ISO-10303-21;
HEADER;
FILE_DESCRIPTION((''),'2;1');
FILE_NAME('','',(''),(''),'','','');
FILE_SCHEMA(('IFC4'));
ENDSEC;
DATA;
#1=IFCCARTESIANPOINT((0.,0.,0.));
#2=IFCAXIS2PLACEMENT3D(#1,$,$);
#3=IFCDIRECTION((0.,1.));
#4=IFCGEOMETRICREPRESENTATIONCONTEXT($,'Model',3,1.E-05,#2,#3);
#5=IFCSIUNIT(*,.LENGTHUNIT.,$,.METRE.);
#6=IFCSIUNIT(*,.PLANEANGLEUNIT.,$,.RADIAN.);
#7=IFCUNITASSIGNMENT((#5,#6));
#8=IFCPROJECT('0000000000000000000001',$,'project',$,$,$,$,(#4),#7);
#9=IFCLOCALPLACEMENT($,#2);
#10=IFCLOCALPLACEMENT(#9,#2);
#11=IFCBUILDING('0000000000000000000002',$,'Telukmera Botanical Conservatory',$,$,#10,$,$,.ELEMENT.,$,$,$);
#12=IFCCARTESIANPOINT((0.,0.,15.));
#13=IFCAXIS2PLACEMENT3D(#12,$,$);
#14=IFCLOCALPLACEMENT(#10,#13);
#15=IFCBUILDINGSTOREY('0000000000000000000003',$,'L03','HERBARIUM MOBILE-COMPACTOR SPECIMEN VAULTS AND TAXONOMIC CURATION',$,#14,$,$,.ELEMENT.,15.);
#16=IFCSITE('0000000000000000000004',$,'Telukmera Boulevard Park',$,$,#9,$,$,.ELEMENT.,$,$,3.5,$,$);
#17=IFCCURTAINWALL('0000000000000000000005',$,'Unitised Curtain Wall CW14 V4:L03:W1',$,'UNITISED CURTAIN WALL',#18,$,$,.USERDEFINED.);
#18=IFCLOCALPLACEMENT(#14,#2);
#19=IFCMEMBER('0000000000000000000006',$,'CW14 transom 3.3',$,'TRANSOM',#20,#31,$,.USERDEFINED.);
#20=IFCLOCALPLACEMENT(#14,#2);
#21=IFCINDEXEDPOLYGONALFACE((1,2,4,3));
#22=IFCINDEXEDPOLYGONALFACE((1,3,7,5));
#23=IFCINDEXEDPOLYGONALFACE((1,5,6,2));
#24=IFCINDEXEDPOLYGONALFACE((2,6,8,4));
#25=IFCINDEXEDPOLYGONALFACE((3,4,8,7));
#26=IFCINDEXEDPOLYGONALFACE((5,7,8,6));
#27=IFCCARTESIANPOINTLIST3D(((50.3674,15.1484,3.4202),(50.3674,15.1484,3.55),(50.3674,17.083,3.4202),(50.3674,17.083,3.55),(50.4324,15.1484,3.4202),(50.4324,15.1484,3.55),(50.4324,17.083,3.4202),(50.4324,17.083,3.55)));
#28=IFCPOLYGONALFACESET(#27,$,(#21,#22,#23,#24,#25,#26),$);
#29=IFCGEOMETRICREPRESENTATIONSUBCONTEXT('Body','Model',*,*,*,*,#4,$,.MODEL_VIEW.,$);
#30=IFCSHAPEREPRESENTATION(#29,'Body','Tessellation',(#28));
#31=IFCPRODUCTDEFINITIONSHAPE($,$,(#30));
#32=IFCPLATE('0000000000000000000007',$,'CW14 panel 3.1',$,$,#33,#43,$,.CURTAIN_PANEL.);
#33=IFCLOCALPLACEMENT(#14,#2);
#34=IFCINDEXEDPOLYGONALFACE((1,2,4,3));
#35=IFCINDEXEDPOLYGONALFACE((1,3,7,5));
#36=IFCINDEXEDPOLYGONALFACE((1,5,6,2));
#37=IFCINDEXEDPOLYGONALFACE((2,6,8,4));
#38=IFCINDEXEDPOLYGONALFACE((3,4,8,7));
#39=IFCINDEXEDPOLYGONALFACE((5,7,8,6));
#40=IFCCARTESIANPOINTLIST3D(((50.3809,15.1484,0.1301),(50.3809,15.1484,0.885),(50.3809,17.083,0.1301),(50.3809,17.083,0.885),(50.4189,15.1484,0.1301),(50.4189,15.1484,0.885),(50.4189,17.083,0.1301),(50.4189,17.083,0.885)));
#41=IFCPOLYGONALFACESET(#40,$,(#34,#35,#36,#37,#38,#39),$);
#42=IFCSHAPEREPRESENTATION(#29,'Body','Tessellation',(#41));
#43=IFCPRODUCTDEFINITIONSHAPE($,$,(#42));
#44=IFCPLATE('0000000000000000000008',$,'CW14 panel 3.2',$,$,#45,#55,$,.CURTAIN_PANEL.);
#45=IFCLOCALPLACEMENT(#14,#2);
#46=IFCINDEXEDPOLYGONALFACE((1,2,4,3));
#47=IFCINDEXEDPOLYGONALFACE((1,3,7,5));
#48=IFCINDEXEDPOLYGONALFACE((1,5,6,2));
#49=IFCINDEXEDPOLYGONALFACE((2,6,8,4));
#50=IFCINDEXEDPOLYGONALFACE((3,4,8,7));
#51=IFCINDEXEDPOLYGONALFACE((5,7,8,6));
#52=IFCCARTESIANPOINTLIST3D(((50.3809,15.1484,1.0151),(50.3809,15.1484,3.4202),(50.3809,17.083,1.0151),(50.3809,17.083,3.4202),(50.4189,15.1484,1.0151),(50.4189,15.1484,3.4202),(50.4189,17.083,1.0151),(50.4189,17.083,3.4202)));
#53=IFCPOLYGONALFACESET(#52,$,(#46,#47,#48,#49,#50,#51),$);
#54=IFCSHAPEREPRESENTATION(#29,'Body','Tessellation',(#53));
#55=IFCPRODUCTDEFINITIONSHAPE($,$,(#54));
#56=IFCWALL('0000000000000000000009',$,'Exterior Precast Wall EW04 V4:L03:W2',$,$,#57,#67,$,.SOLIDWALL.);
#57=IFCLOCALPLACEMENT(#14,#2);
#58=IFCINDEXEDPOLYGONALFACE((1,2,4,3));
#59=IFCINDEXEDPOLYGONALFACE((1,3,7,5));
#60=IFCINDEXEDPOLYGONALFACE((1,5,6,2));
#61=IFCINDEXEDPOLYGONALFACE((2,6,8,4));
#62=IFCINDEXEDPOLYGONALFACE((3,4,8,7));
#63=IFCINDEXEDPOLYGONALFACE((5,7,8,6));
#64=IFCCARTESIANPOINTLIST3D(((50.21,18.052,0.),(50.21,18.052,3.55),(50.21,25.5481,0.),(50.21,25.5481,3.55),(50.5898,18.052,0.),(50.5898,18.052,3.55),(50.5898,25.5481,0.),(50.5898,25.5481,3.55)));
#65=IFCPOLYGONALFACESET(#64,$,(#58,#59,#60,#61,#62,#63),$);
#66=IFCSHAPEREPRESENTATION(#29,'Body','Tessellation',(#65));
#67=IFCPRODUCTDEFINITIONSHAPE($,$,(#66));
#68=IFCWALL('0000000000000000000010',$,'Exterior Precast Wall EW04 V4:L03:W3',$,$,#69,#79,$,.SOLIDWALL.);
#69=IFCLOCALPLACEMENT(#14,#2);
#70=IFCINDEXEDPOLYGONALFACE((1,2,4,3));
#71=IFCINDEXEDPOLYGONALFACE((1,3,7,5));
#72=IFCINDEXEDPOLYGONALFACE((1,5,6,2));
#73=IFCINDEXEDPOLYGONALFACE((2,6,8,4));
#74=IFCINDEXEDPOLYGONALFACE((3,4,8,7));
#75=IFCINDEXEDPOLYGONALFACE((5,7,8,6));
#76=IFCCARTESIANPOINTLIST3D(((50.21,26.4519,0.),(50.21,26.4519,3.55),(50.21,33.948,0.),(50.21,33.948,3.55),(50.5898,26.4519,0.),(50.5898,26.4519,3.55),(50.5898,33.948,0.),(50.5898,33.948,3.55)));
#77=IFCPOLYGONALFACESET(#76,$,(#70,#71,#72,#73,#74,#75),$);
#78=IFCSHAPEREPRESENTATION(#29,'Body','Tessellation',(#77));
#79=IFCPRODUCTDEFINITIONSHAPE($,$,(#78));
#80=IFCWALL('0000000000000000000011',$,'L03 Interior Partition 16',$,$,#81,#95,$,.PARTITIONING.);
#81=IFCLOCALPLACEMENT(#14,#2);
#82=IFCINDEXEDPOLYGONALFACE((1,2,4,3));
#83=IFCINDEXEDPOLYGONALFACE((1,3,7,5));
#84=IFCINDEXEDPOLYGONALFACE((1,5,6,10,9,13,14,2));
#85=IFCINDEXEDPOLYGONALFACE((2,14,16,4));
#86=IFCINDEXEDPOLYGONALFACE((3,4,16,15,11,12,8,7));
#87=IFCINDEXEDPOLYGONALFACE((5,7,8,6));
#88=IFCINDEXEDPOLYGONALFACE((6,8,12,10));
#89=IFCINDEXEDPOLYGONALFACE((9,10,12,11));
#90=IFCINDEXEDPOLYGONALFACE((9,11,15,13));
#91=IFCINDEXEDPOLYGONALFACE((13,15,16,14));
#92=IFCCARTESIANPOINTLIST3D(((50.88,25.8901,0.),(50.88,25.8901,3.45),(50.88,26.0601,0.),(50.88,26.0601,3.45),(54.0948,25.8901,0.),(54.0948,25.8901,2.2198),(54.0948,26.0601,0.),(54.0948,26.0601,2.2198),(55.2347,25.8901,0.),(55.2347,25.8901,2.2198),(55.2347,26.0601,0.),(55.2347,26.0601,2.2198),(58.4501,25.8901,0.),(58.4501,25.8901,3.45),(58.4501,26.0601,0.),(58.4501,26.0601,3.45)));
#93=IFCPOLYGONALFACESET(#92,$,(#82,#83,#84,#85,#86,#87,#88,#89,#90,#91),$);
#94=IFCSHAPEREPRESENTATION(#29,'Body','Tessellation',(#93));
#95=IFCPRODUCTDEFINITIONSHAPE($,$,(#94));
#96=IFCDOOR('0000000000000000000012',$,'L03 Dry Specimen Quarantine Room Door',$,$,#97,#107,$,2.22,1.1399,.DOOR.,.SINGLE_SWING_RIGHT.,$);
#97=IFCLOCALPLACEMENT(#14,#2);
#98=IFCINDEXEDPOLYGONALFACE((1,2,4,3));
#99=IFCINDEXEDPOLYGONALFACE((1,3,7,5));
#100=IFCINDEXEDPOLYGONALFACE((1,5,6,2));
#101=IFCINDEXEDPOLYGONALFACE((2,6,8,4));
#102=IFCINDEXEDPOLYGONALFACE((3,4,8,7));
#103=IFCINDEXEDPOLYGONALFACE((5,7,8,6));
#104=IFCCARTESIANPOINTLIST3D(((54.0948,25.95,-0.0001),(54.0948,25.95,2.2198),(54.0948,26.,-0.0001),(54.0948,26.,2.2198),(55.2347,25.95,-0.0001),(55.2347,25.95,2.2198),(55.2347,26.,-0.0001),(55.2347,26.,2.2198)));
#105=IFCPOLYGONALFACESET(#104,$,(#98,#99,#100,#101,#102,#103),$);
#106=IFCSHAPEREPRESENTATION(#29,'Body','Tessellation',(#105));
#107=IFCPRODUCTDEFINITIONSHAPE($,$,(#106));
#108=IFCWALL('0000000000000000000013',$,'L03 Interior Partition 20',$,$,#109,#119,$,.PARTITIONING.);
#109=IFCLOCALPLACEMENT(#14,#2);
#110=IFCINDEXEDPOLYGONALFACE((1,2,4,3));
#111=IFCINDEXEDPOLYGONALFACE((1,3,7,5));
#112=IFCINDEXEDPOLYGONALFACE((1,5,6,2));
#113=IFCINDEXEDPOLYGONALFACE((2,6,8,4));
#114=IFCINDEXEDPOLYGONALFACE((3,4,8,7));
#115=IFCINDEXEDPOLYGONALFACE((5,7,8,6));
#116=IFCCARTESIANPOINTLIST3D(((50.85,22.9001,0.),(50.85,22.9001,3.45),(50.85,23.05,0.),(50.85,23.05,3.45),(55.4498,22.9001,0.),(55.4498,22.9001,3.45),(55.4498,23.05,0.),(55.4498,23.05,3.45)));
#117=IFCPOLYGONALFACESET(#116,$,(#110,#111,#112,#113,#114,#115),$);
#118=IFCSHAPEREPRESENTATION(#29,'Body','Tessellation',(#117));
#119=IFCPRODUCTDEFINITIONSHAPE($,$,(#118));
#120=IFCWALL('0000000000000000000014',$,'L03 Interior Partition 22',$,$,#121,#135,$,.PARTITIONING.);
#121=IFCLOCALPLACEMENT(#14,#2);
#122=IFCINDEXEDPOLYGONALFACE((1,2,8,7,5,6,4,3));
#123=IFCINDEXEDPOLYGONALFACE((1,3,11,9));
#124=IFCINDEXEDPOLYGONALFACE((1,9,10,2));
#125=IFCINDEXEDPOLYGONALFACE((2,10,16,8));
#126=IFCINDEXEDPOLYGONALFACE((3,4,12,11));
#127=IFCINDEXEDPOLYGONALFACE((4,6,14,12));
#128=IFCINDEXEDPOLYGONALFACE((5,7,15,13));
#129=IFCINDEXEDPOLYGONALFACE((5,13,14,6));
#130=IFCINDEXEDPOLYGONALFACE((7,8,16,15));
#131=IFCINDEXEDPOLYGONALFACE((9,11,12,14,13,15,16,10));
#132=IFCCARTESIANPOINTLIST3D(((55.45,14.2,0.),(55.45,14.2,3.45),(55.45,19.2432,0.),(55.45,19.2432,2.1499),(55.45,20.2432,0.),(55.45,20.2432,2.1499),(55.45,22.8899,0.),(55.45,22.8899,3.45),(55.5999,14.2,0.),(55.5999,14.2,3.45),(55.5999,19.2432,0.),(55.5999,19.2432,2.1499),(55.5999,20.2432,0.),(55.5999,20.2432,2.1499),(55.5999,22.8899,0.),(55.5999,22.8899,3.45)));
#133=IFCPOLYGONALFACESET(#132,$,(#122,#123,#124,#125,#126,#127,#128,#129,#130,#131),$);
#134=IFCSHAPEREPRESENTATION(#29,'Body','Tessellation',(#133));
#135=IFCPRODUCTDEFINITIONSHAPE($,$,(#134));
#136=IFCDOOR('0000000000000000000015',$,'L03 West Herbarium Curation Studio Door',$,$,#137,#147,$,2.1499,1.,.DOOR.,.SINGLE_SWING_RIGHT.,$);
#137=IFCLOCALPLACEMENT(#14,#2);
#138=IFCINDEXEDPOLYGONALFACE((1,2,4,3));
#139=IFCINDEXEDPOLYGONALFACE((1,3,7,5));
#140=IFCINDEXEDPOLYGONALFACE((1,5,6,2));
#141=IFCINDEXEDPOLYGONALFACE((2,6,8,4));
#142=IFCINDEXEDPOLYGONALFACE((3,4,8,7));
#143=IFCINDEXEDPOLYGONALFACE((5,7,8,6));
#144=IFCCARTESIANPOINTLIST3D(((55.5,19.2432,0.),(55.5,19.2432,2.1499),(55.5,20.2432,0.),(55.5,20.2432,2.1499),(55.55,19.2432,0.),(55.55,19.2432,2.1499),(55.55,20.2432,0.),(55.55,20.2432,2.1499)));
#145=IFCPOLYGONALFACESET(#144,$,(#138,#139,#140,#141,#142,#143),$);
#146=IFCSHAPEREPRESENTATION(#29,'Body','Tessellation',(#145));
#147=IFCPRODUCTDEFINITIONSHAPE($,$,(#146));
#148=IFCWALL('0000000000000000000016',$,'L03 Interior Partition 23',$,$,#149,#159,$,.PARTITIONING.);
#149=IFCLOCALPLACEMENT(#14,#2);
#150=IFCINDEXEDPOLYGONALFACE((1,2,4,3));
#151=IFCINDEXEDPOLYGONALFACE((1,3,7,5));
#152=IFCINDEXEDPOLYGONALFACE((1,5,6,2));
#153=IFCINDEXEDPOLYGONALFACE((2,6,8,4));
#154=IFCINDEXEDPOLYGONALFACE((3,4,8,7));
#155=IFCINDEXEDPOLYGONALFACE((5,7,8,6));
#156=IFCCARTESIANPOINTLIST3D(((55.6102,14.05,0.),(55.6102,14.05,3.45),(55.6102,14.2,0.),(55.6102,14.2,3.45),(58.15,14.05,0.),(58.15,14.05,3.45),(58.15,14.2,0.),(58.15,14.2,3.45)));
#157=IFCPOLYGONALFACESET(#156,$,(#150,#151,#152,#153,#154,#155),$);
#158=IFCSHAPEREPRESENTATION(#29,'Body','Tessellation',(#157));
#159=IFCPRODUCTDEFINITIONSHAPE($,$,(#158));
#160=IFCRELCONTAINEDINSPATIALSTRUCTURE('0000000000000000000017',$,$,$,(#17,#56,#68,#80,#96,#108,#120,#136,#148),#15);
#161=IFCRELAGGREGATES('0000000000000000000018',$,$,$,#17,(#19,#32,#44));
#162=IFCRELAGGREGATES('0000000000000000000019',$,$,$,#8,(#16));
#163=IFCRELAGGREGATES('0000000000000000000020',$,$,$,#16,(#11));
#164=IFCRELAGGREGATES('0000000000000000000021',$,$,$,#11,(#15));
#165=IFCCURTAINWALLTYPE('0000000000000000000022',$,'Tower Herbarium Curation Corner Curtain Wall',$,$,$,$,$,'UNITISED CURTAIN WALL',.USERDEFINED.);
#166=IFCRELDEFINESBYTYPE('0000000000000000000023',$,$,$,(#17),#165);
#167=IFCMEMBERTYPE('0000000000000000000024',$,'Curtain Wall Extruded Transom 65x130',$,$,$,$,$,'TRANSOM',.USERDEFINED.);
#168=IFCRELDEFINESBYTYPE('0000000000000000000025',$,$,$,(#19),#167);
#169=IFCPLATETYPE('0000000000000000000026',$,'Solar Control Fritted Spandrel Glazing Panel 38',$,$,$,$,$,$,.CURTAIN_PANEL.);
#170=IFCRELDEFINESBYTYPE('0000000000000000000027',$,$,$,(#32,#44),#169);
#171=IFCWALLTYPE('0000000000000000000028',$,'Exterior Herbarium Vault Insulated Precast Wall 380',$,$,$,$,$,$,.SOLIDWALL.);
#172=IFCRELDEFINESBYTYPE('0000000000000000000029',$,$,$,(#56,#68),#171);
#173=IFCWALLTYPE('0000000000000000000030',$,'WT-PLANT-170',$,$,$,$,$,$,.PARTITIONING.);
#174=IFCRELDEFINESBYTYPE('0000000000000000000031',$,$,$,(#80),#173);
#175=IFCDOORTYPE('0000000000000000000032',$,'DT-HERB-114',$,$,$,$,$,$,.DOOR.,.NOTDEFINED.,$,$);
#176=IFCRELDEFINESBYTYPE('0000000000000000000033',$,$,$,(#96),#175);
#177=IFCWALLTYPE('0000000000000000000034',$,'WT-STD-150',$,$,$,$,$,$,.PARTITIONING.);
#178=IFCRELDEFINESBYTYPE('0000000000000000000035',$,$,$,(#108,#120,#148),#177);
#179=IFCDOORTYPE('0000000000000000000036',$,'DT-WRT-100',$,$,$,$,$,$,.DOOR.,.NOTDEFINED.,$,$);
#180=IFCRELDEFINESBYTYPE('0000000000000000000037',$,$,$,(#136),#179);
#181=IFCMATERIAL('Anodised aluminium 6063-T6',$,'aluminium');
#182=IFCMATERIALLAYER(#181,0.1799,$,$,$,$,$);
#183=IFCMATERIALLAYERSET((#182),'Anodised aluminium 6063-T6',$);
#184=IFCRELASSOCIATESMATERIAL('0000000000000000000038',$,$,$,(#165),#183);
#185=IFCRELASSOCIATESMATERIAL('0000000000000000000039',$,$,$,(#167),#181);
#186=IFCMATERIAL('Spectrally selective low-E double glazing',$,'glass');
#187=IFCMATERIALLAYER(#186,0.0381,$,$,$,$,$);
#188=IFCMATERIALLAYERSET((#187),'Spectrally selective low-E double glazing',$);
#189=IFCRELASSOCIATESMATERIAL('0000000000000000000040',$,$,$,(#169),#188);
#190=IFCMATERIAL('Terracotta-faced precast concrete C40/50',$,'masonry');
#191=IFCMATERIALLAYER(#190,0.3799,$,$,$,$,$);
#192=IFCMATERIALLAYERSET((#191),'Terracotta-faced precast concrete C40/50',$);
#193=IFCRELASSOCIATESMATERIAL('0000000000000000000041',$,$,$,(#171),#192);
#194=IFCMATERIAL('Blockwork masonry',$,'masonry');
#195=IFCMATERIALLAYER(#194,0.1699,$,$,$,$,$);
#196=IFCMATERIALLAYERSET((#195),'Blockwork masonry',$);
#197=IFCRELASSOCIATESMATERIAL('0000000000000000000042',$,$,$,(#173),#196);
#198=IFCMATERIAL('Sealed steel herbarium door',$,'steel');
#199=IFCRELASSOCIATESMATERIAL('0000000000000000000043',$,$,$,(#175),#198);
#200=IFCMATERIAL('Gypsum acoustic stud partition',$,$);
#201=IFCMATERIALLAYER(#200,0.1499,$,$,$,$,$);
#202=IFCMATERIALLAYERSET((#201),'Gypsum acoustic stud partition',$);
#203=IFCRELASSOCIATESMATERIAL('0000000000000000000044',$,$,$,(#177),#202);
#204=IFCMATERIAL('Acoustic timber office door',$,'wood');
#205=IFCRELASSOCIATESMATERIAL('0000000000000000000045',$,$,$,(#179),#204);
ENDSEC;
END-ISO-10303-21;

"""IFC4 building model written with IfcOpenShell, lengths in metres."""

from ifc_helpers import new_model, si_unit, direction, frame, frame_2d, origin, origin_2d, place, context, subcontext, project, spatial, rectangle, extrude, material, layer, layer_set, material_profile, profile_set, type_object, element, fill, aggregate, save


model = new_model("IFC4")

# Units and contexts
model_context = context("Model", 3, precision=1e-05, world=origin(), true_north=direction((0.0, 1.0)))
body_context = subcontext(model_context, "Body", "Model", "MODEL_VIEW")
ifc_project = project(units=[si_unit("LENGTHUNIT", "METRE"), si_unit("PLANEANGLEUNIT", "RADIAN")], contexts=[model_context])

# Site, building, storey
site_placement = place(None, origin())
site = spatial("IfcSite", under=ifc_project, at=site_placement, Name="Telukmera Boulevard Park", CompositionType="ELEMENT", RefElevation=3.5)
building_placement = place(site_placement, origin())
building = spatial("IfcBuilding", under=site, at=building_placement, Name="Telukmera Botanical Conservatory", CompositionType="ELEMENT")
storey_placement = place(building_placement, frame((0.0, 0.0, 15.0)))
storey = spatial("IfcBuildingStorey", under=building, at=storey_placement, Name="L03", Description="HERBARIUM MOBILE-COMPACTOR SPECIMEN VAULTS AND TAXONOMIC CURATION", CompositionType="ELEMENT", Elevation=15.0)

# Curtain wall, member, plates
ifc_material_1 = material(Name="Anodised aluminium 6063-T6", Category="aluminium")
ifc_layer_1 = layer(ifc_material_1, 0.1799)
ifc_layer_set_1 = layer_set([ifc_layer_1], Name="Anodised aluminium 6063-T6")
curtain_wall_type = type_object("IfcCurtainWallType", Name="Tower Herbarium Curation Corner Curtain Wall", ElementType="UNITISED CURTAIN WALL", PredefinedType="USERDEFINED", material=ifc_layer_set_1)
curtain_wall_placement = place(storey_placement, origin())
curtain_wall = element("IfcCurtainWall", 1, at=curtain_wall_placement, inside=storey, type_object=curtain_wall_type, Name="Unitised Curtain Wall CW14 V4:L03:W1", ObjectType="UNITISED CURTAIN WALL", PredefinedType="USERDEFINED")
ifc_material_profile_1 = material_profile(ifc_material_1, rectangle(XDim=0.0649, YDim=0.1299, at=origin_2d()), Name="ALU TRAN 65x130")
ifc_profile_set_1 = profile_set([ifc_material_profile_1], Name="Anodised aluminium 6063-T6")
member_type_1 = type_object("IfcMemberType", Name="Curtain Wall Extruded Transom 65x130", ElementType="TRANSOM", PredefinedType="USERDEFINED", material=ifc_profile_set_1)
member_1_placement = place(storey_placement, frame((50.3999, 15.1484, 3.4851), z_axis=(0.0, 1.0, 0.0), x_axis=(-1.0, 0.0, 0.0)))
member_1 = element("IfcMember", 2, at=member_1_placement, type_object=member_type_1, Name="CW14 transom 3.3", ObjectType="TRANSOM", PredefinedType="USERDEFINED", context=body_context, shape_type="SweptSolid", body=[
    extrude(rectangle(XDim=0.0649, YDim=0.1299, at=origin_2d()), origin(), (0.0, 0.0, 1.0), 1.9346),
])
ifc_material_2 = material(Name="Spectrally selective low-E double glazing", Category="glass")
ifc_layer_2 = layer(ifc_material_2, 0.0381)
ifc_layer_set_2 = layer_set([ifc_layer_2], Name="Spectrally selective low-E double glazing")
plate_type = type_object("IfcPlateType", Name="Solar Control Fritted Spandrel Glazing Panel 38", PredefinedType="CURTAIN_PANEL", material=ifc_layer_set_2)
plate_1_placement = place(storey_placement, frame((50.3999, 16.1157, 0.1301), z_axis=(0.0, 0.0, 1.0), x_axis=(0.0, 1.0, 0.0)))
plate_1 = element("IfcPlate", 3, at=plate_1_placement, type_object=plate_type, Name="CW14 panel 3.1", PredefinedType="CURTAIN_PANEL", context=body_context, shape_type="SweptSolid", body=[
    extrude(rectangle(XDim=1.9346, YDim=0.0381, at=origin_2d()), origin(), (0.0, 0.0, 1.0), 0.7549),
])
plate_2_placement = place(storey_placement, frame((50.3999, 16.1157, 1.0151), z_axis=(0.0, 0.0, 1.0), x_axis=(0.0, 1.0, 0.0)))
plate_2 = element("IfcPlate", 4, at=plate_2_placement, type_object=plate_type, Name="CW14 panel 3.2", PredefinedType="CURTAIN_PANEL", context=body_context, shape_type="SweptSolid", body=[
    extrude(rectangle(XDim=1.9346, YDim=0.0381, at=origin_2d()), origin(), (0.0, 0.0, 1.0), 2.405),
])
aggregate(curtain_wall, [member_1, plate_1, plate_2])

# Walls
ifc_material_3 = material(Name="Terracotta-faced precast concrete C40/50", Category="masonry")
ifc_layer_3 = layer(ifc_material_3, 0.3799)
ifc_layer_set_3 = layer_set([ifc_layer_3], Name="Terracotta-faced precast concrete C40/50")
wall_type_1 = type_object("IfcWallType", Name="Exterior Herbarium Vault Insulated Precast Wall 380", PredefinedType="SOLIDWALL", material=ifc_layer_set_3)
for number, where, z_axis, x_axis, name in (
    (5, (50.3999, 18.052, 0.0), (0.0, 0.0, 1.0), (0.0, 1.0, 0.0), "Exterior Precast Wall EW04 V4:L03:W2"),
    (6, (50.3999, 26.4519, 0.0), (0.0, 0.0, 1.0), (0.0, 1.0, 0.0), "Exterior Precast Wall EW04 V4:L03:W3"),
):
    element("IfcWall", number, at=place(storey_placement, frame(where, z_axis=z_axis, x_axis=x_axis)), inside=storey, type_object=wall_type_1, Name=name, PredefinedType="SOLIDWALL", context=body_context, shape_type="SweptSolid", body=[
        extrude(rectangle(XDim=7.4961, YDim=0.3799, at=frame_2d((3.748, 0.0))), origin(), (0.0, 0.0, 1.0), 3.55),
    ])

# Wall, opening, door
ifc_material_4 = material(Name="Blockwork masonry", Category="masonry")
ifc_layer_4 = layer(ifc_material_4, 0.1699)
ifc_layer_set_4 = layer_set([ifc_layer_4], Name="Blockwork masonry")
wall_type_2 = type_object("IfcWallType", Name="WT-PLANT-170", PredefinedType="PARTITIONING", material=ifc_layer_set_4)
wall_1_placement = place(storey_placement, frame((50.8799, 25.9751, 0.0), z_axis=(0.0, 0.0, 1.0), x_axis=(1.0, 0.0, 0.0)))
wall_1 = element("IfcWall", 7, at=wall_1_placement, inside=storey, type_object=wall_type_2, Name="L03 Interior Partition 16", PredefinedType="PARTITIONING", context=body_context, shape_type="SweptSolid", body=[
    extrude(rectangle(XDim=7.5701, YDim=0.1699, at=frame_2d((3.7852, 0.0))), origin(), (0.0, 0.0, 1.0), 3.45),
])
opening_1_placement = place(wall_1_placement, frame((3.2151, 0.0, 0.0)))
opening_1 = element("IfcOpeningElement", 8, at=opening_1_placement, cuts=wall_1, PredefinedType="OPENING", context=body_context, shape_type="SweptSolid", body=[
    extrude(rectangle(XDim=1.1399, YDim=2.22, at=frame_2d((0.5698, 1.1099))), frame((0.0, 0.095, 0.0), z_axis=(0.0, -1.0, 0.0), x_axis=(1.0, 0.0, 0.0)), (0.0, 0.0, 1.0), 0.1899),
])
ifc_material_5 = material(Name="Sealed steel herbarium door", Category="steel")
door_type_1 = type_object("IfcDoorType", Name="DT-HERB-114", OperationType="NOTDEFINED", PredefinedType="DOOR", material=ifc_material_5)
door_1_placement = place(opening_1_placement, origin())
door_1 = element("IfcDoor", 9, at=door_1_placement, inside=storey, type_object=door_type_1, Name="L03 Dry Specimen Quarantine Room Door", OperationType="SINGLE_SWING_RIGHT", OverallHeight=2.22, OverallWidth=1.1399, PredefinedType="DOOR", context=body_context, shape_type="SweptSolid", body=[
    extrude(rectangle(XDim=1.1399, YDim=2.22, at=frame_2d((0.5698, 1.1099))), frame((0.0, 0.0249, 0.0), z_axis=(0.0, -1.0, 0.0), x_axis=(1.0, 0.0, 0.0)), (0.0, 0.0, 1.0), 0.05),
])
fill(opening_1, door_1)

# Wall
ifc_material_6 = material(Name="Gypsum acoustic stud partition")
ifc_layer_5 = layer(ifc_material_6, 0.1499)
ifc_layer_set_5 = layer_set([ifc_layer_5], Name="Gypsum acoustic stud partition")
wall_type_3 = type_object("IfcWallType", Name="WT-STD-150", PredefinedType="PARTITIONING", material=ifc_layer_set_5)
wall_2_placement = place(storey_placement, frame((50.8501, 22.9751, 0.0), z_axis=(0.0, 0.0, 1.0), x_axis=(1.0, 0.0, 0.0)))
element("IfcWall", 10, at=wall_2_placement, inside=storey, type_object=wall_type_3, Name="L03 Interior Partition 20", PredefinedType="PARTITIONING", context=body_context, shape_type="SweptSolid", body=[
    extrude(rectangle(XDim=4.5999, YDim=0.1499, at=frame_2d((2.2998, 0.0))), origin(), (0.0, 0.0, 1.0), 3.45),
])

# Wall, opening, door
wall_3_placement = place(storey_placement, frame((55.5249, 14.2, 0.0), z_axis=(0.0, 0.0, 1.0), x_axis=(0.0, 1.0, 0.0)))
wall_3 = element("IfcWall", 11, at=wall_3_placement, inside=storey, type_object=wall_type_3, Name="L03 Interior Partition 22", PredefinedType="PARTITIONING", context=body_context, shape_type="SweptSolid", body=[
    extrude(rectangle(XDim=8.6899, YDim=0.1499, at=frame_2d((4.345, 0.0))), origin(), (0.0, 0.0, 1.0), 3.45),
])
opening_2_placement = place(wall_3_placement, frame((5.0432, 0.0, 0.0)))
opening_2 = element("IfcOpeningElement", 12, at=opening_2_placement, cuts=wall_3, PredefinedType="OPENING", context=body_context, shape_type="SweptSolid", body=[
    extrude(rectangle(XDim=1.0, YDim=2.1499, at=frame_2d((0.5, 1.075))), frame((0.0, 0.085, 0.0), z_axis=(0.0, -1.0, 0.0), x_axis=(1.0, 0.0, 0.0)), (0.0, 0.0, 1.0), 0.1699),
])
ifc_material_7 = material(Name="Acoustic timber office door", Category="wood")
door_type_2 = type_object("IfcDoorType", Name="DT-WRT-100", OperationType="NOTDEFINED", PredefinedType="DOOR", material=ifc_material_7)
door_2_placement = place(opening_2_placement, origin())
door_2 = element("IfcDoor", 13, at=door_2_placement, inside=storey, type_object=door_type_2, Name="L03 West Herbarium Curation Studio Door", OperationType="SINGLE_SWING_RIGHT", OverallHeight=2.1499, OverallWidth=1.0, PredefinedType="DOOR", context=body_context, shape_type="SweptSolid", body=[
    extrude(rectangle(XDim=1.0, YDim=2.1499, at=frame_2d((0.5, 1.075))), frame((0.0, 0.0249, 0.0), z_axis=(0.0, -1.0, 0.0), x_axis=(1.0, 0.0, 0.0)), (0.0, 0.0, 1.0), 0.05),
])
fill(opening_2, door_2)

# Wall
wall_4_placement = place(storey_placement, frame((55.6101, 14.125, 0.0), z_axis=(0.0, 0.0, 1.0), x_axis=(1.0, 0.0, 0.0)))
element("IfcWall", 14, at=wall_4_placement, inside=storey, type_object=wall_type_3, Name="L03 Interior Partition 23", PredefinedType="PARTITIONING", context=body_context, shape_type="SweptSolid", body=[
    extrude(rectangle(XDim=2.5398, YDim=0.1499, at=frame_2d((1.27, 0.0))), origin(), (0.0, 0.0, 1.0), 3.45),
])

save(model, "model.ifc")
